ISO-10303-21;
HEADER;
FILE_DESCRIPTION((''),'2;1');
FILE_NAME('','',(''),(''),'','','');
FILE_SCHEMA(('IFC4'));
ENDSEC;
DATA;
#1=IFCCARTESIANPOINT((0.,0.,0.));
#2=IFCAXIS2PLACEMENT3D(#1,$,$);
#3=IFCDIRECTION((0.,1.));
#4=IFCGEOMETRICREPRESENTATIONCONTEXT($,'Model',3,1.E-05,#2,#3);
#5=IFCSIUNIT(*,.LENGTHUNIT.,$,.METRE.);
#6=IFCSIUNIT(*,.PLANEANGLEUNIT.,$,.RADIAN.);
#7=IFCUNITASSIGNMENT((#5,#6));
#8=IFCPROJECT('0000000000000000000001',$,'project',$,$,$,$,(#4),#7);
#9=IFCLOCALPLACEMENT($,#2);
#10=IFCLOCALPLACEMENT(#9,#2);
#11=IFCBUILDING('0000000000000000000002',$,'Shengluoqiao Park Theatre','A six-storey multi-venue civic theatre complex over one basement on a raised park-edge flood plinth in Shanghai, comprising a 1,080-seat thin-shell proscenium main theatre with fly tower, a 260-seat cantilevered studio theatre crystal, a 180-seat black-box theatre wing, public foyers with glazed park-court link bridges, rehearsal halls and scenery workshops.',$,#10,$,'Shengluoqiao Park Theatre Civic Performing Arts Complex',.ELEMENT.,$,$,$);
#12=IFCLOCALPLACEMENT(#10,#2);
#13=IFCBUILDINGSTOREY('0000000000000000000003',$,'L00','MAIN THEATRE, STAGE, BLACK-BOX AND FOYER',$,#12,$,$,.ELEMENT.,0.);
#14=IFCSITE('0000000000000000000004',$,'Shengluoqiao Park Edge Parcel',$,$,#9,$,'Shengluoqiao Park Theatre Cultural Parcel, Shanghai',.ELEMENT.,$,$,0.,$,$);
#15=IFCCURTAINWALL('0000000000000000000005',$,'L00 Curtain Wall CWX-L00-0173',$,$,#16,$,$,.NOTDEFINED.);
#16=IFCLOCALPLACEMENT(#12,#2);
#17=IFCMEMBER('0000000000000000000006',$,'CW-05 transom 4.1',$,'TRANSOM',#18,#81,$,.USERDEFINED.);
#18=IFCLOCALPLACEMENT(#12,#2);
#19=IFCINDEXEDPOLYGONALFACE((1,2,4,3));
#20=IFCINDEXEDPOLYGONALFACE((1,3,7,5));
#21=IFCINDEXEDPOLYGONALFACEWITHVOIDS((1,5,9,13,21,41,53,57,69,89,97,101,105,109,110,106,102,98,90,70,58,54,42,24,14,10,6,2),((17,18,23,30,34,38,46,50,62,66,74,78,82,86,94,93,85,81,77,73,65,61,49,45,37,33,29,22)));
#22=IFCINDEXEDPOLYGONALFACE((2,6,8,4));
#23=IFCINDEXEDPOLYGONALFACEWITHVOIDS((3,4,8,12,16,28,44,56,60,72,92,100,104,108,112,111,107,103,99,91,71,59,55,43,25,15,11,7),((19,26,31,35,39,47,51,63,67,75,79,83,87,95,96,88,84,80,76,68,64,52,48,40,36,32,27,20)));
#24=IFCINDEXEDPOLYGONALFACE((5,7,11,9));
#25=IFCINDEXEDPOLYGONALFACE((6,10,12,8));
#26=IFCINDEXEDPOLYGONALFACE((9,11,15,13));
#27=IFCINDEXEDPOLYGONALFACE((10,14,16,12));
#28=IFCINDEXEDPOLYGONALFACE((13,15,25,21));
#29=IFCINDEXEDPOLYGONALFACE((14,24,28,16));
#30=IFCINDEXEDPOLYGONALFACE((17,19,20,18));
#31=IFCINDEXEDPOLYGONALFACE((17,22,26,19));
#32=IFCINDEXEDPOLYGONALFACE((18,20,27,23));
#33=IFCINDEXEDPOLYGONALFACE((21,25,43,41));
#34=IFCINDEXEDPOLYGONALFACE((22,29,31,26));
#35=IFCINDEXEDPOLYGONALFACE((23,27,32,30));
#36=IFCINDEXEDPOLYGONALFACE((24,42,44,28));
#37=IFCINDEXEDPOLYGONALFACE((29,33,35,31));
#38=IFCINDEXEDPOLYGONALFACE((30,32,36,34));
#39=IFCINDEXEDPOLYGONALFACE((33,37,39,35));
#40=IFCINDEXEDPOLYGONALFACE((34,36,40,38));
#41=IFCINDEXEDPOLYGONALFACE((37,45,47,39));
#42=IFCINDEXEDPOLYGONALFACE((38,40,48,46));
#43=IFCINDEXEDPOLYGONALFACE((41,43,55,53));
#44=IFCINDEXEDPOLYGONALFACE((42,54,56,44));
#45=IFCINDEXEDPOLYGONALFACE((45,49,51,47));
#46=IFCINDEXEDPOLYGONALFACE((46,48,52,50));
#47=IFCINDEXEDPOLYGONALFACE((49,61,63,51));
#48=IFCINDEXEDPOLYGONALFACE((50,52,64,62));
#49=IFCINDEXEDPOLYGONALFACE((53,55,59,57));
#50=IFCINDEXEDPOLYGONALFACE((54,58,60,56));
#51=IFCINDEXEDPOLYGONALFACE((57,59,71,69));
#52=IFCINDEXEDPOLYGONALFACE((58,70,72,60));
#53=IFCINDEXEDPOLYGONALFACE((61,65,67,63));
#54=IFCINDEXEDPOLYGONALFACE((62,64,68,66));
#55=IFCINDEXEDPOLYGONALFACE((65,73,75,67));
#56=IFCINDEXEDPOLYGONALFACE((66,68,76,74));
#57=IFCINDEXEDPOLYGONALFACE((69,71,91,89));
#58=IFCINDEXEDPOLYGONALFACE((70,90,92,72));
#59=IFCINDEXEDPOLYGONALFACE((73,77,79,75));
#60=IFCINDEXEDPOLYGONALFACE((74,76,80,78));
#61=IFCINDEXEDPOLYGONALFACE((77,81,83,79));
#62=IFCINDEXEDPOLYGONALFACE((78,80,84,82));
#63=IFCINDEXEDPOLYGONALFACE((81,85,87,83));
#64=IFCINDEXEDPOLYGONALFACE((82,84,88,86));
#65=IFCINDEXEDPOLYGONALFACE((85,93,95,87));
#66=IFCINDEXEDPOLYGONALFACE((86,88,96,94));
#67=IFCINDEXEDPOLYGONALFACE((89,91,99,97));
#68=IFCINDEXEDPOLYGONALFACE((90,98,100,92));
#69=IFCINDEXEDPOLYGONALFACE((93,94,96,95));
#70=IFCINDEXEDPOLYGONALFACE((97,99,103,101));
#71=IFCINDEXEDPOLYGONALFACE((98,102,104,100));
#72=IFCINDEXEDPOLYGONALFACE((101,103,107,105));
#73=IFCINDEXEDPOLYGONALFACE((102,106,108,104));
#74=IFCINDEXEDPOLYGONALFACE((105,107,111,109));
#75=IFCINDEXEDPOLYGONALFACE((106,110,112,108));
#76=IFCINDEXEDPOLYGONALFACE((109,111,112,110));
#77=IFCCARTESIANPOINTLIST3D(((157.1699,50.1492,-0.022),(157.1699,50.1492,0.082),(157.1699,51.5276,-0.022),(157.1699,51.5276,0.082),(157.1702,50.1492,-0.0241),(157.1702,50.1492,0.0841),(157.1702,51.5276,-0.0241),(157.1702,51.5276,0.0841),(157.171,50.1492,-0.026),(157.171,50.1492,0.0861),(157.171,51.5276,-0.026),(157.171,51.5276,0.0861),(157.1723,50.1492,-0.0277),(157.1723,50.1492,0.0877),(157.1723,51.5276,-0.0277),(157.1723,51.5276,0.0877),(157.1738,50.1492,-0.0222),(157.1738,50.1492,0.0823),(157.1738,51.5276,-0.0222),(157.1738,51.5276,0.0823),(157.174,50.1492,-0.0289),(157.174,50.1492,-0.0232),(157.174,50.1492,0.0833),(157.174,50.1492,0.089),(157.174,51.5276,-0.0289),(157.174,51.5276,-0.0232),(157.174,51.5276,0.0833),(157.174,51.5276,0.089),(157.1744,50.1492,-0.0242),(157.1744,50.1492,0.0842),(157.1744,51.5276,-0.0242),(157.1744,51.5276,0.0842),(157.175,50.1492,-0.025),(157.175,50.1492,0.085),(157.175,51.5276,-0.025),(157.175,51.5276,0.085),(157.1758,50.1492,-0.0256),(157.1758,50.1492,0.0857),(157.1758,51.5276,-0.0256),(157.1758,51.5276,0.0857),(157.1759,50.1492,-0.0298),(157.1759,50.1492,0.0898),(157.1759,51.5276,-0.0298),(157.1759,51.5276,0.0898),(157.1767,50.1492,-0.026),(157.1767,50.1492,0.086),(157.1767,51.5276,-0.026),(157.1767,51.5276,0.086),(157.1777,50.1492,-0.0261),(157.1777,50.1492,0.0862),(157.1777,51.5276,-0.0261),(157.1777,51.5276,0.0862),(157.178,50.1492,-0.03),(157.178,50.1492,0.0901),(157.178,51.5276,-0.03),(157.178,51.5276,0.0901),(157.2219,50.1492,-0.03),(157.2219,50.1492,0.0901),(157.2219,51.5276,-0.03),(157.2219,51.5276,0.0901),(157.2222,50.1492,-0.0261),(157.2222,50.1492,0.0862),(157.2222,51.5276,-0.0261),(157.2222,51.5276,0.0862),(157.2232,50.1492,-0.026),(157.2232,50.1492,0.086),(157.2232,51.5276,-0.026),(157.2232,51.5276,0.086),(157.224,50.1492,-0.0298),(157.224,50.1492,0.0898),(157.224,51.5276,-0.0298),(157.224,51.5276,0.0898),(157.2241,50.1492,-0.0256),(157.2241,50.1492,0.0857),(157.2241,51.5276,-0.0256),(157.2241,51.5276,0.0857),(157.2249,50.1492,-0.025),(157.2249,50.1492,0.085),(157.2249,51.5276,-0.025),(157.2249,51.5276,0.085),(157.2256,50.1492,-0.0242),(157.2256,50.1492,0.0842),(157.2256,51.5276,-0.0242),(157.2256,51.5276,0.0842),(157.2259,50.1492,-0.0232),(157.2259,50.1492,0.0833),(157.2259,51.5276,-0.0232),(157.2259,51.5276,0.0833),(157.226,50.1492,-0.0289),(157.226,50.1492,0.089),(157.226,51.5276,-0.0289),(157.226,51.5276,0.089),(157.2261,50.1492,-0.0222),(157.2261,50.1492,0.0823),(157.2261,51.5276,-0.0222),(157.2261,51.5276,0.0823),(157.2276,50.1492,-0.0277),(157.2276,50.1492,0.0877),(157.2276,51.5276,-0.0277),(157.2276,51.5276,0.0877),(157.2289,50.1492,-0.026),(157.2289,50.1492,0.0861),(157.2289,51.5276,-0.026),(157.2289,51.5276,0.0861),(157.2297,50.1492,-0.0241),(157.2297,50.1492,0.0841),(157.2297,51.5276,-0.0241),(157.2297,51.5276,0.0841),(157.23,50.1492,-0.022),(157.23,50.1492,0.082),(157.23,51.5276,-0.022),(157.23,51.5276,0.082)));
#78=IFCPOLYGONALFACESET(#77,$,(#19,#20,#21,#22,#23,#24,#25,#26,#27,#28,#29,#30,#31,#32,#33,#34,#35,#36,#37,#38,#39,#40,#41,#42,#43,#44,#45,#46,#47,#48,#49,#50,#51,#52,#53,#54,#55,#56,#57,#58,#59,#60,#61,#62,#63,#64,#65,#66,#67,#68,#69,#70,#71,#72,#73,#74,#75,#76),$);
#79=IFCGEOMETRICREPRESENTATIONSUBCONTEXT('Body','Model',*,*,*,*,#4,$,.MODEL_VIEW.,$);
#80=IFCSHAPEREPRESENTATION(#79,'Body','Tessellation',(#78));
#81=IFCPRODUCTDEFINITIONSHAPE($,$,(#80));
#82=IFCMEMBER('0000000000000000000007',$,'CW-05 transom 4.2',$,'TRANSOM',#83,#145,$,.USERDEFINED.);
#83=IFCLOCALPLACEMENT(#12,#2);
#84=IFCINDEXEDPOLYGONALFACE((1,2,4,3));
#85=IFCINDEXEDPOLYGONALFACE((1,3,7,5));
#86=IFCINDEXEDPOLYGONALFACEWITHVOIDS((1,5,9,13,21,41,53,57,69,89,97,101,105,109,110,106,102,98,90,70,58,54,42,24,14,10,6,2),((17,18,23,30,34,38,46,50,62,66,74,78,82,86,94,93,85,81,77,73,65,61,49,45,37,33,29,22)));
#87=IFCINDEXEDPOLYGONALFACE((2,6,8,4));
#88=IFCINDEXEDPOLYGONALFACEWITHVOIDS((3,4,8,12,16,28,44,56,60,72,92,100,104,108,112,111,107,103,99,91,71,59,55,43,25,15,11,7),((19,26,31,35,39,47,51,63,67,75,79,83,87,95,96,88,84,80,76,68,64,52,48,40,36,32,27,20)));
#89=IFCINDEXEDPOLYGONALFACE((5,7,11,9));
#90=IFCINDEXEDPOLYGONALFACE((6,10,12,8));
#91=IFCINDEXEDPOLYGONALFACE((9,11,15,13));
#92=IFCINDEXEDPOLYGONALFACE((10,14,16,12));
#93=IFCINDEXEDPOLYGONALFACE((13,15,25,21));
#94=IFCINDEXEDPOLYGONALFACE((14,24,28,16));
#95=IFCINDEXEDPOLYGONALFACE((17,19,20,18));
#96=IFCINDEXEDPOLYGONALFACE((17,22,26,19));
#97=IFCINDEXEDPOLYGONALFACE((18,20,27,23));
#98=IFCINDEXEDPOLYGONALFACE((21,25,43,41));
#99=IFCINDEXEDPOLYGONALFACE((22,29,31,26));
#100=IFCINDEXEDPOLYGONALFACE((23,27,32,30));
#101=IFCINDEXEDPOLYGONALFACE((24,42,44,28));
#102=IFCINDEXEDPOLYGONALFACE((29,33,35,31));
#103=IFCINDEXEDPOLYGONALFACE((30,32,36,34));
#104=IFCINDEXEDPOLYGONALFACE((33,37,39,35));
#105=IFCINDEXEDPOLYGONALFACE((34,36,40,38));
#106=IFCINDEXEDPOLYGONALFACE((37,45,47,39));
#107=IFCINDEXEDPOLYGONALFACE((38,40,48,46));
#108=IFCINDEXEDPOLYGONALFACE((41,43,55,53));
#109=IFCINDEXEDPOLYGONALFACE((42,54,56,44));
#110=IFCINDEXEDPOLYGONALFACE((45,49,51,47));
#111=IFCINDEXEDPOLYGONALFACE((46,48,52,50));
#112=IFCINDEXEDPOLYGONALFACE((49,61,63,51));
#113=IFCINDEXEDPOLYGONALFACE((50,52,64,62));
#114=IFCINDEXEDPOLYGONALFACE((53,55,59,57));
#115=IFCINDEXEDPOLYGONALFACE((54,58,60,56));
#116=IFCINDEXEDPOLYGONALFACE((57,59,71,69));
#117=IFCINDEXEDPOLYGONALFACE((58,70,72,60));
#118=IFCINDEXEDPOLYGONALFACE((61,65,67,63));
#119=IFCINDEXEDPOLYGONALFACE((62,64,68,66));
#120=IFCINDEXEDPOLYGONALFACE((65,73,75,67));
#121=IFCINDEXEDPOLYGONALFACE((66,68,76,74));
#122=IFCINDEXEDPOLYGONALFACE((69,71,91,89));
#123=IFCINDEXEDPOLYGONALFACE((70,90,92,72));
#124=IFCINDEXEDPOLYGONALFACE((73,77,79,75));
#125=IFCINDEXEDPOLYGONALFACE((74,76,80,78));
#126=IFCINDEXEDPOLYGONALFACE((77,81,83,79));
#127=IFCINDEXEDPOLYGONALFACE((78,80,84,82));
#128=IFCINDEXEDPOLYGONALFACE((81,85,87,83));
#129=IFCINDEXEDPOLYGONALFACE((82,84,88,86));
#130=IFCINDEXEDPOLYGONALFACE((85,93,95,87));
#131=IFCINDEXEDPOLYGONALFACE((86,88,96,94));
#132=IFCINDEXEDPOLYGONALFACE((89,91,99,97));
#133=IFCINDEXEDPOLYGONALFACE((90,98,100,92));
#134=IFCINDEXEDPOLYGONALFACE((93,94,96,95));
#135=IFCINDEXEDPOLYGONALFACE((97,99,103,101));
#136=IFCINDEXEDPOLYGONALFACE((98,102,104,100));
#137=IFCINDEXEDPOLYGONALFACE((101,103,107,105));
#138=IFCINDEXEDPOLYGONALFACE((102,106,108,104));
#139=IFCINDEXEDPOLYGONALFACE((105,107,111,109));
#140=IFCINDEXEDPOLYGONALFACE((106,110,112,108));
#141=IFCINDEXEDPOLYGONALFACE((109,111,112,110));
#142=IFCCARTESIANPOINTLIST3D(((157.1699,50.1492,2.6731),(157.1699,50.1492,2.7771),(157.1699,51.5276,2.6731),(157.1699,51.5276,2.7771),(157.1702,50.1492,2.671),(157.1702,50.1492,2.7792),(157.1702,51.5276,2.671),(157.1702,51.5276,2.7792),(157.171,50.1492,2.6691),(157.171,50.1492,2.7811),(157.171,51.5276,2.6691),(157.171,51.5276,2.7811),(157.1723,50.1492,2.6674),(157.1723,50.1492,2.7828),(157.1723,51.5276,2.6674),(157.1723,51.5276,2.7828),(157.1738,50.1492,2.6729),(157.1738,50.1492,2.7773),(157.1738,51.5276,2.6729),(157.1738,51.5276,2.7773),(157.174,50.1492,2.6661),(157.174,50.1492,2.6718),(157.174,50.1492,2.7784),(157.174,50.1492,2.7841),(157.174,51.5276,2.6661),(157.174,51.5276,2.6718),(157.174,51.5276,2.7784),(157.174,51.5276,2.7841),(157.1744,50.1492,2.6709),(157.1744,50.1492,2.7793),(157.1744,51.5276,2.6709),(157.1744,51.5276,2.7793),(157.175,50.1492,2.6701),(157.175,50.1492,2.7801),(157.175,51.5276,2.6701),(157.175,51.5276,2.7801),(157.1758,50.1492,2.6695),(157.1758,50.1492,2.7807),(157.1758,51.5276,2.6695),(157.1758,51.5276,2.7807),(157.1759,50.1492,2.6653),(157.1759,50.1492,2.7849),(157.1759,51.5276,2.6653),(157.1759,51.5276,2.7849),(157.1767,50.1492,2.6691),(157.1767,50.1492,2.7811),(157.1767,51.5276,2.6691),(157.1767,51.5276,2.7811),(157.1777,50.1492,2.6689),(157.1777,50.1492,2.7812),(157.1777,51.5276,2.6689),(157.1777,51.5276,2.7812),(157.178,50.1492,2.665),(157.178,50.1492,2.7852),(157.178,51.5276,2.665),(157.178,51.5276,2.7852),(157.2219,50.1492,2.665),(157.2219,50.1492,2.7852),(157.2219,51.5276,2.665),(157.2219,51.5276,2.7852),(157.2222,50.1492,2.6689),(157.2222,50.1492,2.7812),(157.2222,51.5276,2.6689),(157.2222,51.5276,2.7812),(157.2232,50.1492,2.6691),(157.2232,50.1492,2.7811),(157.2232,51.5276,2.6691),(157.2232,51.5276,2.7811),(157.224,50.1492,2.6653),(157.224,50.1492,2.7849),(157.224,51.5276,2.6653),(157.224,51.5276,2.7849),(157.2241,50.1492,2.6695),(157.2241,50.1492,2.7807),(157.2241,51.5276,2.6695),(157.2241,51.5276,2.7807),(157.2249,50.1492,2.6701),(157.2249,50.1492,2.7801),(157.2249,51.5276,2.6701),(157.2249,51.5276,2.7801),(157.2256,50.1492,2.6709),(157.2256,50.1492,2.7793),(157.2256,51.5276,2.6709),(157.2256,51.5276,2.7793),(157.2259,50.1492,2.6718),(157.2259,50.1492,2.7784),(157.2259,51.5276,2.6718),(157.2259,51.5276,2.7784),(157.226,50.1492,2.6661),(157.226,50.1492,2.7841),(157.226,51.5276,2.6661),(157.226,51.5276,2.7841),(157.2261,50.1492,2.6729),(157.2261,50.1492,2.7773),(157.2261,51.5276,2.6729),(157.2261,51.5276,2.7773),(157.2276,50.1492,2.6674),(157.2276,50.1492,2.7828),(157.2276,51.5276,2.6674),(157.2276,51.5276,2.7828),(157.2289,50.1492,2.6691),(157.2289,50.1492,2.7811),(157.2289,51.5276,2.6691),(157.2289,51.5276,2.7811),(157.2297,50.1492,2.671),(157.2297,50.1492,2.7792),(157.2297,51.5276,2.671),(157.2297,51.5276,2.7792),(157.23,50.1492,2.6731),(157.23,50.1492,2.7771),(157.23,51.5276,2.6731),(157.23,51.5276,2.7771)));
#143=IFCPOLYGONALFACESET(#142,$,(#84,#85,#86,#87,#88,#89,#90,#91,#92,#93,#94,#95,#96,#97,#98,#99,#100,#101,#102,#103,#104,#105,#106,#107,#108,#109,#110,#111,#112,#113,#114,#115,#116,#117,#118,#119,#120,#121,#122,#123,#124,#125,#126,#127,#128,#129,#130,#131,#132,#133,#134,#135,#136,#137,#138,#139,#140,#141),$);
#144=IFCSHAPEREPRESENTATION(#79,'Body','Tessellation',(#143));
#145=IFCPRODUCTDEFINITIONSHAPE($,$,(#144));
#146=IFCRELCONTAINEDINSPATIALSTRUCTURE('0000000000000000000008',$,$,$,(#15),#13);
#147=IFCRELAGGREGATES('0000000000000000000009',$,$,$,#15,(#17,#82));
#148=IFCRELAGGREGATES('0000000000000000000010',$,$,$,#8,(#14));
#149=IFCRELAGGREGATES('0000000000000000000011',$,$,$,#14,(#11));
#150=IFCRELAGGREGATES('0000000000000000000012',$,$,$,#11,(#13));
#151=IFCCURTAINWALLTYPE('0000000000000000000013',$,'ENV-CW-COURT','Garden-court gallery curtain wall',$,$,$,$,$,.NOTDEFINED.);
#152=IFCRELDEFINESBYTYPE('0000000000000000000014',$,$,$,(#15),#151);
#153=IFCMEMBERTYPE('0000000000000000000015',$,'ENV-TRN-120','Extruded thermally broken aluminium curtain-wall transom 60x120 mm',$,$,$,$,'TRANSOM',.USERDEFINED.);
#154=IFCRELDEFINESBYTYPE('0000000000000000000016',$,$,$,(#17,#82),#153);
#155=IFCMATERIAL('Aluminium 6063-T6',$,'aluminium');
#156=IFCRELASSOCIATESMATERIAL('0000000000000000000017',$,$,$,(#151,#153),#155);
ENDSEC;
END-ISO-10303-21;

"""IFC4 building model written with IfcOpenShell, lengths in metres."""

from ifc_helpers import new_model, si_unit, direction, frame, origin, origin_2d, place, context, subcontext, project, spatial, hollow_rectangle, extrude, material, material_profile, profile_set, type_object, element, aggregate, save


model = new_model("IFC4")

# Units and contexts
model_context = context("Model", 3, precision=1e-05, world=origin(), true_north=direction((0.0, 1.0)))
body_context = subcontext(model_context, "Body", "Model", "MODEL_VIEW")
ifc_project = project(units=[si_unit("LENGTHUNIT", "METRE"), si_unit("PLANEANGLEUNIT", "RADIAN")], contexts=[model_context])

# Site, building, storey
site_placement = place(None, origin())
site = spatial("IfcSite", under=ifc_project, at=site_placement, Name="Shengluoqiao Park Edge Parcel", LongName="Shengluoqiao Park Theatre Cultural Parcel, Shanghai", CompositionType="ELEMENT", RefElevation=0.0)
building_placement = place(site_placement, origin())
building = spatial("IfcBuilding", under=site, at=building_placement, Name="Shengluoqiao Park Theatre", Description="A six-storey multi-venue civic theatre complex over one basement on a raised park-edge flood plinth in Shanghai, comprising a 1,080-seat thin-shell proscenium main theatre with fly tower, a 260-seat cantilevered studio theatre crystal, a 180-seat black-box theatre wing, public foyers with glazed park-court link bridges, rehearsal halls and scenery workshops.", LongName="Shengluoqiao Park Theatre Civic Performing Arts Complex", CompositionType="ELEMENT")
storey_placement = place(building_placement, origin())
storey = spatial("IfcBuildingStorey", under=building, at=storey_placement, Name="L00", Description="MAIN THEATRE, STAGE, BLACK-BOX AND FOYER", CompositionType="ELEMENT", Elevation=0.0)

# Curtain wall, members
ifc_material_1 = material(Name="Aluminium 6063-T6", Category="aluminium")
curtain_wall_type = type_object("IfcCurtainWallType", Name="ENV-CW-COURT", Description="Garden-court gallery curtain wall", PredefinedType="NOTDEFINED", material=ifc_material_1)
curtain_wall_placement = place(storey_placement, origin())
curtain_wall = element("IfcCurtainWall", 1, at=curtain_wall_placement, inside=storey, type_object=curtain_wall_type, Name="L00 Curtain Wall CWX-L00-0173", PredefinedType="NOTDEFINED")
ifc_material_profile_1 = material_profile(ifc_material_1, hollow_rectangle(XDim=0.0601, YDim=0.1201, WallThickness=0.0039, InnerFilletRadius=0.0039, OuterFilletRadius=0.0081, at=origin_2d()), Name="ALU TRANSOM 120x60x4")
ifc_profile_set_1 = profile_set([ifc_material_profile_1], Name="Aluminium 6063-T6")
member_type_1 = type_object("IfcMemberType", Name="ENV-TRN-120", Description="Extruded thermally broken aluminium curtain-wall transom 60x120 mm", ElementType="TRANSOM", PredefinedType="USERDEFINED", material=ifc_profile_set_1)
member_1_placement = place(storey_placement, frame((157.2, 50.1492, 0.03), z_axis=(0.0, 1.0, 0.0), x_axis=(-1.0, 0.0, 0.0)))
member_1 = element("IfcMember", 2, at=member_1_placement, type_object=member_type_1, Name="CW-05 transom 4.1", ObjectType="TRANSOM", PredefinedType="USERDEFINED", context=body_context, shape_type="SweptSolid", body=[
    extrude(hollow_rectangle(XDim=0.0601, YDim=0.1201, WallThickness=0.0039, InnerFilletRadius=0.0039, OuterFilletRadius=0.0081, at=origin_2d()), origin(), (0.0, 0.0, 1.0), 1.3784),
])
member_2_placement = place(storey_placement, frame((157.2, 50.1492, 2.7251), z_axis=(0.0, 1.0, 0.0), x_axis=(-1.0, 0.0, 0.0)))
member_2 = element("IfcMember", 3, at=member_2_placement, type_object=member_type_1, Name="CW-05 transom 4.2", ObjectType="TRANSOM", PredefinedType="USERDEFINED", context=body_context, shape_type="SweptSolid", body=[
    extrude(hollow_rectangle(XDim=0.0601, YDim=0.1201, WallThickness=0.0039, InnerFilletRadius=0.0039, OuterFilletRadius=0.0081, at=origin_2d()), origin(), (0.0, 0.0, 1.0), 1.3784),
])
aggregate(curtain_wall, [member_1, member_2])

save(model, "model.ifc")
